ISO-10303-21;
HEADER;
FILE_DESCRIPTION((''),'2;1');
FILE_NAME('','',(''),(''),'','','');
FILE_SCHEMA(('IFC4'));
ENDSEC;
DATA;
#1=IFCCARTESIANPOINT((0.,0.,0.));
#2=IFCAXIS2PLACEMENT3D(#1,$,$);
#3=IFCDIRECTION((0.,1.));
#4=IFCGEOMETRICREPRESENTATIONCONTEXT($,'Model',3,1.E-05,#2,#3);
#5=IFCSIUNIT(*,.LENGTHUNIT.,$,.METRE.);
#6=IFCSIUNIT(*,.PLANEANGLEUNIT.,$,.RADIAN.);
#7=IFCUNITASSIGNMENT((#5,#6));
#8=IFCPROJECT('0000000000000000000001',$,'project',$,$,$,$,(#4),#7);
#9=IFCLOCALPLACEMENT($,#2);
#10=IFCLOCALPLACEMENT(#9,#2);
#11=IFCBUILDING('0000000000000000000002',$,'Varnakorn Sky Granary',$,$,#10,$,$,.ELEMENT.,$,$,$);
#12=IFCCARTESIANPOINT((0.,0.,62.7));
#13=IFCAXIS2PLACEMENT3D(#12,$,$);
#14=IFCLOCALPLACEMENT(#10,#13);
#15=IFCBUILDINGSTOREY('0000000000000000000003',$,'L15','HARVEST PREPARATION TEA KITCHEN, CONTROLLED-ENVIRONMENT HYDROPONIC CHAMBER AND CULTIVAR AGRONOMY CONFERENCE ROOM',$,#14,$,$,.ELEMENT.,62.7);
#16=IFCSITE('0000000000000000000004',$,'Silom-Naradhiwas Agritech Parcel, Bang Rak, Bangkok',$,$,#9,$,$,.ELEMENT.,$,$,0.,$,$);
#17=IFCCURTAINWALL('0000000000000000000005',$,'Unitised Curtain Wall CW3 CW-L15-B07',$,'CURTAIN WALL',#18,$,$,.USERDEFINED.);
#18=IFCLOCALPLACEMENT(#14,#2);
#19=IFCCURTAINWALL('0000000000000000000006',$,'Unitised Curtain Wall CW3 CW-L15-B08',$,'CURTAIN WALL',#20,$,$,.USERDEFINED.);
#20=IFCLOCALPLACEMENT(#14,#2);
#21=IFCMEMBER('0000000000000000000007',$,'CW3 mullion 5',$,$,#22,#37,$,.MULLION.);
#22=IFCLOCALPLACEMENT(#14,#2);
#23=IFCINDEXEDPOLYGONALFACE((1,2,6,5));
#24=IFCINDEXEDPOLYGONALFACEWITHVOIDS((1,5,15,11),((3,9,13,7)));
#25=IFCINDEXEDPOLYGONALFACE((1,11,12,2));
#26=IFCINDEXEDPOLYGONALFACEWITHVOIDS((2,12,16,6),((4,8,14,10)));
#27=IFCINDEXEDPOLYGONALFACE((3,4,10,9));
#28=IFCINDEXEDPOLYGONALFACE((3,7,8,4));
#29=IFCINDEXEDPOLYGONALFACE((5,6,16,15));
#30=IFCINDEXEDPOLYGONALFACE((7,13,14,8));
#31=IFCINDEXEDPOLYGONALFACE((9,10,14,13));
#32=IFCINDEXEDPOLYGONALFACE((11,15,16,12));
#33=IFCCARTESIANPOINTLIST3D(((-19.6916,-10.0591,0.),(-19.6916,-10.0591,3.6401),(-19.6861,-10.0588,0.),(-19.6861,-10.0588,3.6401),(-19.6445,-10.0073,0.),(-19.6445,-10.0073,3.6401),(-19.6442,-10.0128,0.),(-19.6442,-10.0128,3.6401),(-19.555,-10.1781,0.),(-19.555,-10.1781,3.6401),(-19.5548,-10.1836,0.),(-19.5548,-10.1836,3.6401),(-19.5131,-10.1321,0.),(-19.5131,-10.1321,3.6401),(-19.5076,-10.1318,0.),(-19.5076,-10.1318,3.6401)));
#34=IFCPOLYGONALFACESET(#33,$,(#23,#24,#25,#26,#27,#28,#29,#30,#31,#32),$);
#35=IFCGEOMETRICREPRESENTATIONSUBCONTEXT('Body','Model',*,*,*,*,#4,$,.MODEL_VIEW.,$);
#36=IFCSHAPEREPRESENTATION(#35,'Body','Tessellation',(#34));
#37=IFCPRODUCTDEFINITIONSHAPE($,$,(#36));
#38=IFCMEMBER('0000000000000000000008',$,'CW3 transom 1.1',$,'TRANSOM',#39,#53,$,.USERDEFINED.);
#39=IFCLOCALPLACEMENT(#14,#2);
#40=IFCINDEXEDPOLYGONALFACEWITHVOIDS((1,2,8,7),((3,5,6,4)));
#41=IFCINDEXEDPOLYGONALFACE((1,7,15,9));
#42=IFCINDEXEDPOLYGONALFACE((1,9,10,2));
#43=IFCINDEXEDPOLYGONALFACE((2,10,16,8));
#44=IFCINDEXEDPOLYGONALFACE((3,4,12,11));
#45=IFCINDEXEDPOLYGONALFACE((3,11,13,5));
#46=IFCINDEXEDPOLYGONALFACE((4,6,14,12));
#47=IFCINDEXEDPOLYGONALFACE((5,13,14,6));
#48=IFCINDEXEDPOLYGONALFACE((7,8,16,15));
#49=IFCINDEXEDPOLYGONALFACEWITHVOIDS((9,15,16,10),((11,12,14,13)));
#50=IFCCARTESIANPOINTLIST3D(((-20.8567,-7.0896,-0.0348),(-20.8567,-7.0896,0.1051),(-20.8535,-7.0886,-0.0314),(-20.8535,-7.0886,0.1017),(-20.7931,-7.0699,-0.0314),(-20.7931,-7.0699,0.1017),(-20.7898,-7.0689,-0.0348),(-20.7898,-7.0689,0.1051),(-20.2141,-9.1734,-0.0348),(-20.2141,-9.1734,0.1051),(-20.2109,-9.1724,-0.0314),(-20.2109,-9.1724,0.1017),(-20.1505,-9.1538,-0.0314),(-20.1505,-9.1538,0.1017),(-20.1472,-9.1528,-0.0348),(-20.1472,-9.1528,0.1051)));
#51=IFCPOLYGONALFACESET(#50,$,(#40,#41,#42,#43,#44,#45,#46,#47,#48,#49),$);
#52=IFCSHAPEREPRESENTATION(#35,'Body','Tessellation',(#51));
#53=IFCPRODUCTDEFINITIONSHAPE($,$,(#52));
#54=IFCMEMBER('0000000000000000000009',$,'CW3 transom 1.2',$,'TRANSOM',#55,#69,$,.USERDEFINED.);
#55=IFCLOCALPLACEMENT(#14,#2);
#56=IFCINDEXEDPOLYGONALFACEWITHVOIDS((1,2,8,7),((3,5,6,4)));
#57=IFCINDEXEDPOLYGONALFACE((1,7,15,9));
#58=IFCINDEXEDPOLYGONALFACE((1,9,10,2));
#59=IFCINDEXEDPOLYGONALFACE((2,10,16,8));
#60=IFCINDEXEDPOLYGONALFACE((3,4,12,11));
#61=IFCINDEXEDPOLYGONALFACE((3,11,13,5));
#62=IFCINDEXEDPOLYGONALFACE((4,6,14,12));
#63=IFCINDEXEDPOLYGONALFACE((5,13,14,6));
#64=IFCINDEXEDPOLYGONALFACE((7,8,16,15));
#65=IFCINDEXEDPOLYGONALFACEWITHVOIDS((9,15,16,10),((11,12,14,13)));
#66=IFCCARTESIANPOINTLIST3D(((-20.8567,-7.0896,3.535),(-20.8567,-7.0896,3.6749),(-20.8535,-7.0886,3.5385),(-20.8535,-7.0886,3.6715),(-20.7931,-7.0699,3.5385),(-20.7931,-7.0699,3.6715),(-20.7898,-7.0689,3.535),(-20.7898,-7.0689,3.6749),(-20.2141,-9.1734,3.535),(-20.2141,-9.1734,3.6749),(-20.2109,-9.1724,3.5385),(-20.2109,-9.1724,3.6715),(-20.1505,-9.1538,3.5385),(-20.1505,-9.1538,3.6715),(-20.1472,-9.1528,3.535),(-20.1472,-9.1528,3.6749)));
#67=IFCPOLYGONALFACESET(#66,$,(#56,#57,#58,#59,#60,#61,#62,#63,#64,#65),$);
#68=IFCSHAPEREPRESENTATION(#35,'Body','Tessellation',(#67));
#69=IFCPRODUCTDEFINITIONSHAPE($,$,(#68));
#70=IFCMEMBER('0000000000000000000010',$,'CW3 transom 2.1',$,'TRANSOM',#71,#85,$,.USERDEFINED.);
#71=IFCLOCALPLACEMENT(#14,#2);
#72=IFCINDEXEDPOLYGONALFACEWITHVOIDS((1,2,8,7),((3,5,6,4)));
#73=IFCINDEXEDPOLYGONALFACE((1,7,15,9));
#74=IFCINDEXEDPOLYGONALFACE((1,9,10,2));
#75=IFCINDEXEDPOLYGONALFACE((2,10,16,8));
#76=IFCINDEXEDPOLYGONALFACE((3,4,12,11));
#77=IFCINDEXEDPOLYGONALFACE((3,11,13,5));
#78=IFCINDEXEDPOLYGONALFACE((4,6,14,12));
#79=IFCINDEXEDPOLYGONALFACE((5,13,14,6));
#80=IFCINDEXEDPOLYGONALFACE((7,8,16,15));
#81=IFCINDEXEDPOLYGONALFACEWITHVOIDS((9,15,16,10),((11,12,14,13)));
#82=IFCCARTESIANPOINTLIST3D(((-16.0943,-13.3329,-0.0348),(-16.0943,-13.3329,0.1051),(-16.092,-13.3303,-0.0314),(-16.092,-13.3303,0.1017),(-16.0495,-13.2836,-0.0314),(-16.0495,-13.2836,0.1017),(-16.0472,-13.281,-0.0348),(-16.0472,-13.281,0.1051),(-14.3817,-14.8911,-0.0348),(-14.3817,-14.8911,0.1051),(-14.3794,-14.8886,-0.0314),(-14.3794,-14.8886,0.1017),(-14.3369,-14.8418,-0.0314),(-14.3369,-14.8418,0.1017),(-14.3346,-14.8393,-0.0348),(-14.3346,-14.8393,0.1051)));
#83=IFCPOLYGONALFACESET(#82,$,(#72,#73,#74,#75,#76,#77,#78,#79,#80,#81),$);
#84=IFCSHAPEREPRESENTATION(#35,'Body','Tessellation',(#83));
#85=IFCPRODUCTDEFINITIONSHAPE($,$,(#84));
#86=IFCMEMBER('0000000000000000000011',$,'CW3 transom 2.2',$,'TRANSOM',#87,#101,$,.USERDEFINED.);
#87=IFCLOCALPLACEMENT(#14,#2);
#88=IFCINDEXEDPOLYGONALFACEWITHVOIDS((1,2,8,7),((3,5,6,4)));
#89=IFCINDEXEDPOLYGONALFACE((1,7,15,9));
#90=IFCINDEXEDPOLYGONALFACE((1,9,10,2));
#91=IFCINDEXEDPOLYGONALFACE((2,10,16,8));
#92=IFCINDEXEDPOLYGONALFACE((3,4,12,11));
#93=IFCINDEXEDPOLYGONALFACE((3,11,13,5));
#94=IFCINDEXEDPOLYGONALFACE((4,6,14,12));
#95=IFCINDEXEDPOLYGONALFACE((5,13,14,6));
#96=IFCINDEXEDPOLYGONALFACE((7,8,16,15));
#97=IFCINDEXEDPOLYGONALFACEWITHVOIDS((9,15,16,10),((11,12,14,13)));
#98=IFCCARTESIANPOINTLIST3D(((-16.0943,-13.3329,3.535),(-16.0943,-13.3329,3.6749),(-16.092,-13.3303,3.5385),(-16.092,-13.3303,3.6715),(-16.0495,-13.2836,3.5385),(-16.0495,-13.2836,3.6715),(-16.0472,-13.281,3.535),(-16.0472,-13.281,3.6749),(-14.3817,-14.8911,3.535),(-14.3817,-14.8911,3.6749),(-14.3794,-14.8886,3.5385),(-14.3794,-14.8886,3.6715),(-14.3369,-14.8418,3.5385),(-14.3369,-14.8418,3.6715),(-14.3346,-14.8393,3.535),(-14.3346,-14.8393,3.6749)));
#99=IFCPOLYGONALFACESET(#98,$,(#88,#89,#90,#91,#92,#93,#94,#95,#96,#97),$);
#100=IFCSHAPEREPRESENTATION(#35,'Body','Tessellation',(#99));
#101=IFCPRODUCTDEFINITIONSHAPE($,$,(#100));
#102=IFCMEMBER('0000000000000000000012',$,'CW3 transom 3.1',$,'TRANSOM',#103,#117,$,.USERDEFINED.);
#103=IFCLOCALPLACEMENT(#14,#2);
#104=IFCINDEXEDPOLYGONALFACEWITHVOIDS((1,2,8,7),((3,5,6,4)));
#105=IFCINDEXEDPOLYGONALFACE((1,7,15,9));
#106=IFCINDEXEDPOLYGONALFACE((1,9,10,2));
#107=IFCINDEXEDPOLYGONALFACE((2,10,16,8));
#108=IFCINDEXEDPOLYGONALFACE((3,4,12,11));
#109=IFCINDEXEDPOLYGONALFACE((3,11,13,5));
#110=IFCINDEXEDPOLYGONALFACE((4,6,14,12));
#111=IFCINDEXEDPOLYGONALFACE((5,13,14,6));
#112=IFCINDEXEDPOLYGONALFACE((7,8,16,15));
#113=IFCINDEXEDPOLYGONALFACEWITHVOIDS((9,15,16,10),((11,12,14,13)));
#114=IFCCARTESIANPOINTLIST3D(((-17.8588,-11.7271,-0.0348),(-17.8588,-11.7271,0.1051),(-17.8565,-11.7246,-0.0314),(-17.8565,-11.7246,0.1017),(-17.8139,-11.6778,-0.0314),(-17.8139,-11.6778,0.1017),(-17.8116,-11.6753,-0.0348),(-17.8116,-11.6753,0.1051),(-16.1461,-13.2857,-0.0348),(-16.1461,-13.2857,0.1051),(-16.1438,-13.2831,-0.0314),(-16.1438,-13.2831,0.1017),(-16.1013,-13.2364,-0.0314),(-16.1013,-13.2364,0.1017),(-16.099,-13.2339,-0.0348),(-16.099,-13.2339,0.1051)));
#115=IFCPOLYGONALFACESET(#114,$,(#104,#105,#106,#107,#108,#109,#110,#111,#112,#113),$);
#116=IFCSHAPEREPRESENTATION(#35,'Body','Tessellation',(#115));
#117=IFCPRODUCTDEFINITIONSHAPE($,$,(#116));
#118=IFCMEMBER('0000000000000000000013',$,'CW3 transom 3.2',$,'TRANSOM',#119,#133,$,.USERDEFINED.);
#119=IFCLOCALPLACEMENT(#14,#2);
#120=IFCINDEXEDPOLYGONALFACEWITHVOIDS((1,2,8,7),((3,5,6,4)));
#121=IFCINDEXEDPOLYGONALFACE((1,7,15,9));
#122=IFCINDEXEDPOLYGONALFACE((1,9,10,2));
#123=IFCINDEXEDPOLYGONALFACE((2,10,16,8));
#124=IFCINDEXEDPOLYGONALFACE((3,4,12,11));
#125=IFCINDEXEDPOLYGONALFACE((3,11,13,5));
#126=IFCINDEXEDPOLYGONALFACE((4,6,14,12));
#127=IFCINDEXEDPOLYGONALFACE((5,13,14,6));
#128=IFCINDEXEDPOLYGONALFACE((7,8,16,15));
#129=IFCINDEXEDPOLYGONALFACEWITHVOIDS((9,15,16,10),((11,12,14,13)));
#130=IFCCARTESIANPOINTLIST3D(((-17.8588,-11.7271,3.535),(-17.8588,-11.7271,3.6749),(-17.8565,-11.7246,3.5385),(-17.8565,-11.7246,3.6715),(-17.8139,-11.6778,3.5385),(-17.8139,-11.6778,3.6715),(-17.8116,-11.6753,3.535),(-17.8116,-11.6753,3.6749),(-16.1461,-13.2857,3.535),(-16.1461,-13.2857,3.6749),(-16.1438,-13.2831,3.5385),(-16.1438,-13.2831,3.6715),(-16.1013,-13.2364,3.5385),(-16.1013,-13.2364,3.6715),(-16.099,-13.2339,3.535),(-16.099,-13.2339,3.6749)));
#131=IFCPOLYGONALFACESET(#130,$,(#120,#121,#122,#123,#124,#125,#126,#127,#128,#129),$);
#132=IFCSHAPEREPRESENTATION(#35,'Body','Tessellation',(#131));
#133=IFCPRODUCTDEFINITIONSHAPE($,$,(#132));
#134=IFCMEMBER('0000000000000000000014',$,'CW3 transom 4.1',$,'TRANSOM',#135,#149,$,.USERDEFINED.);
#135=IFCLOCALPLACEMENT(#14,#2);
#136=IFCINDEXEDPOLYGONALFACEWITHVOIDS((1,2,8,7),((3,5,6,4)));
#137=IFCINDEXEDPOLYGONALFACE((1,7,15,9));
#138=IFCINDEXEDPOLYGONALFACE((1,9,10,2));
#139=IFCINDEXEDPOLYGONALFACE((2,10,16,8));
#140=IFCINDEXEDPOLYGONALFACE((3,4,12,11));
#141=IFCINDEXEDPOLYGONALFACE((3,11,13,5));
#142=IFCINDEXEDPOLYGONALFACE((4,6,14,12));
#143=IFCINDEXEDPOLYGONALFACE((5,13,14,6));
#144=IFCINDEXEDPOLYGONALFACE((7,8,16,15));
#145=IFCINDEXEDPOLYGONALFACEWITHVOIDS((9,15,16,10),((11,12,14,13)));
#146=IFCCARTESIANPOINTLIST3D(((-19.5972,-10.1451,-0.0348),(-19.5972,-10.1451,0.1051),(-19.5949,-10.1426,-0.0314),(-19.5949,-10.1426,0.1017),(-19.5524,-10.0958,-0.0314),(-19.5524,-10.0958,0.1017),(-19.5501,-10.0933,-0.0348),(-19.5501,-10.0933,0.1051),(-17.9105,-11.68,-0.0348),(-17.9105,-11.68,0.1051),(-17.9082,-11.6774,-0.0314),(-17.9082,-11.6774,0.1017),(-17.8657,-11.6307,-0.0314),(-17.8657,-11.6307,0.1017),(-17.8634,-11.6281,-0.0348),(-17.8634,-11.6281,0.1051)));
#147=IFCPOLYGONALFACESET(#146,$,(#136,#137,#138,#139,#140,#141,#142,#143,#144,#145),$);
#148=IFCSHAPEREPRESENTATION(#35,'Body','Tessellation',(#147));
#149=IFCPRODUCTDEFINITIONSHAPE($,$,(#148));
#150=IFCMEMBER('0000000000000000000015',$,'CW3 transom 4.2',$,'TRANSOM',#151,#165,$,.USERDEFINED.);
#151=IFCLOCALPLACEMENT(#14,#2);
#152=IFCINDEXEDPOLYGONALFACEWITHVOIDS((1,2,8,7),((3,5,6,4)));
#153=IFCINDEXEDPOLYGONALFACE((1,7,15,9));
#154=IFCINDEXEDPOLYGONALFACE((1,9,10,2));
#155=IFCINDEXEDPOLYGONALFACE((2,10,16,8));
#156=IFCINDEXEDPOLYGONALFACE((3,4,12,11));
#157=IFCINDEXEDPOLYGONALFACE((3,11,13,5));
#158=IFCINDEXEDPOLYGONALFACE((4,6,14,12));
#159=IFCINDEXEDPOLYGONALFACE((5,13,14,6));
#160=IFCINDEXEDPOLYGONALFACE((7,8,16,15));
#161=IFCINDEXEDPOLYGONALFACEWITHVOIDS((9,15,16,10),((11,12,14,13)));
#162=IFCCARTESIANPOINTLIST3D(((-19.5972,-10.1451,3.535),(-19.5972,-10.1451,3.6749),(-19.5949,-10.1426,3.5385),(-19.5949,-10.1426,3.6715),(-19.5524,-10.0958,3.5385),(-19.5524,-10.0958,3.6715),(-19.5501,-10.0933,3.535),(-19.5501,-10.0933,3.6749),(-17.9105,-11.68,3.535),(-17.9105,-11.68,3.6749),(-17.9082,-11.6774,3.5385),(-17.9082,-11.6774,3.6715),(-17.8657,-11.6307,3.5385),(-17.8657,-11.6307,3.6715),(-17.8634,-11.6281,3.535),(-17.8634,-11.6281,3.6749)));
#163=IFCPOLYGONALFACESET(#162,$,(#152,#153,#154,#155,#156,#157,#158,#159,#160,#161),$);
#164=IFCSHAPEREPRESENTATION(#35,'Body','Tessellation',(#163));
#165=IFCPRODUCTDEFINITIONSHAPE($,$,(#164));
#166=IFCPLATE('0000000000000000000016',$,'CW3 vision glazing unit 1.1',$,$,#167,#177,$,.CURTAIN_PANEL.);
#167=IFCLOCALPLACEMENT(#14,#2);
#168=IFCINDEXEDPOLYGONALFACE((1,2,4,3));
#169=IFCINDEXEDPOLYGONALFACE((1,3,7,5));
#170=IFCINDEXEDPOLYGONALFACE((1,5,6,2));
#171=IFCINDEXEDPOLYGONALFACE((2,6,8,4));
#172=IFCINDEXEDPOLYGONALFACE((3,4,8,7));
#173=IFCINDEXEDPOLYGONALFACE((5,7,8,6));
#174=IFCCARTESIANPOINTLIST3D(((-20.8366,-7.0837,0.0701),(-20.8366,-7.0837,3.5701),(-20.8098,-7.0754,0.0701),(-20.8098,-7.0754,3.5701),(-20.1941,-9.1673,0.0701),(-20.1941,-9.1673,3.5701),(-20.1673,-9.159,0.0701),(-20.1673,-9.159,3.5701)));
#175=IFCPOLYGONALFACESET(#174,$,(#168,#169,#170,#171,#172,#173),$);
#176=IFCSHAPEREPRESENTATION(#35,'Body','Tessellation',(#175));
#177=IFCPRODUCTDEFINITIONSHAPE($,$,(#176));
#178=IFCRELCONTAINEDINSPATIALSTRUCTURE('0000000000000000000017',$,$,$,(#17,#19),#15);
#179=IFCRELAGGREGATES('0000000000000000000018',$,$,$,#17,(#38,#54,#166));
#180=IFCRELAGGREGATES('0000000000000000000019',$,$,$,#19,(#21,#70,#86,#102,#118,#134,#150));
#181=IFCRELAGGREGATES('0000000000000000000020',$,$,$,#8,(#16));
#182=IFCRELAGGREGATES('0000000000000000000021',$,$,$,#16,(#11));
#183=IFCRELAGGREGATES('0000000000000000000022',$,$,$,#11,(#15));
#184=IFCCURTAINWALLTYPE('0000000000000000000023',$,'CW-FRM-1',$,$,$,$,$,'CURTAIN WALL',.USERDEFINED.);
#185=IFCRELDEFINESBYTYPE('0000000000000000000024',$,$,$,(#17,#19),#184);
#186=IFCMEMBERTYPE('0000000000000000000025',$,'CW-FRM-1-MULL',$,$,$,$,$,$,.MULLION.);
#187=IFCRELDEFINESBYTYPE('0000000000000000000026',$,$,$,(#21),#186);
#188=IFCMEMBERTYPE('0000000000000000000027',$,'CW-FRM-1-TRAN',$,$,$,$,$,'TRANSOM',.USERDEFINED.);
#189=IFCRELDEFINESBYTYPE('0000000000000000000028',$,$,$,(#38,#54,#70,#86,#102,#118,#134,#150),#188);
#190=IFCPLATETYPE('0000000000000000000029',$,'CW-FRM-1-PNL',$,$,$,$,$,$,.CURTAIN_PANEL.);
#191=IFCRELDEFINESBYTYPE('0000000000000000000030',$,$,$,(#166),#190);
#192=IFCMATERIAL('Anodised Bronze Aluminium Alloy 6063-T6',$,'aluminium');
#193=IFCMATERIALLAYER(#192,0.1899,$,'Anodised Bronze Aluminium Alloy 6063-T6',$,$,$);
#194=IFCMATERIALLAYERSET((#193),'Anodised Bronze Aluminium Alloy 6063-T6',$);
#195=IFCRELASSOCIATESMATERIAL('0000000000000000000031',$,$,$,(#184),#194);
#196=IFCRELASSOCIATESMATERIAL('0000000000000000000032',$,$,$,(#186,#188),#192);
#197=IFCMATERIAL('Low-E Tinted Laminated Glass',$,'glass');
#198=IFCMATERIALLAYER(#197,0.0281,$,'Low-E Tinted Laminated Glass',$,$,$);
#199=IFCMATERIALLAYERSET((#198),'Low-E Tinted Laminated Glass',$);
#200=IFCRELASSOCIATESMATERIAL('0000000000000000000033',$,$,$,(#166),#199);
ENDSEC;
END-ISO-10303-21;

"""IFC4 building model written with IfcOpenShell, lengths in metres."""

from ifc_helpers import new_model, si_unit, direction, frame, origin, origin_2d, place, context, subcontext, project, spatial, rectangle, hollow_rectangle, extrude, source, transform, mapped, material, layer, layer_set, material_profile, profile_set, type_object, element, aggregate, save


model = new_model("IFC4")

# Units and contexts
model_context = context("Model", 3, precision=1e-05, world=origin(), true_north=direction((0.0, 1.0)))
body_context = subcontext(model_context, "Body", "Model", "MODEL_VIEW")
ifc_project = project(units=[si_unit("LENGTHUNIT", "METRE"), si_unit("PLANEANGLEUNIT", "RADIAN")], contexts=[model_context])

# Site, building, storey
site_placement = place(None, origin())
site = spatial("IfcSite", under=ifc_project, at=site_placement, Name="Silom-Naradhiwas Agritech Parcel, Bang Rak, Bangkok", CompositionType="ELEMENT", RefElevation=0.0)
building_placement = place(site_placement, origin())
building = spatial("IfcBuilding", under=site, at=building_placement, Name="Varnakorn Sky Granary", CompositionType="ELEMENT")
storey_placement = place(building_placement, frame((0.0, 0.0, 62.7)))
storey = spatial("IfcBuildingStorey", under=building, at=storey_placement, Name="L15", Description="HARVEST PREPARATION TEA KITCHEN, CONTROLLED-ENVIRONMENT HYDROPONIC CHAMBER AND CULTIVAR AGRONOMY CONFERENCE ROOM", CompositionType="ELEMENT", Elevation=62.7)

# Curtain walls, member
ifc_material_1 = material(Name="Anodised Bronze Aluminium Alloy 6063-T6", Category="aluminium")
ifc_layer_1 = layer(ifc_material_1, 0.1899, Name="Anodised Bronze Aluminium Alloy 6063-T6")
ifc_layer_set_1 = layer_set([ifc_layer_1], Name="Anodised Bronze Aluminium Alloy 6063-T6")
curtain_wall_type = type_object("IfcCurtainWallType", Name="CW-FRM-1", ElementType="CURTAIN WALL", PredefinedType="USERDEFINED", material=ifc_layer_set_1)
curtain_wall_1_placement = place(storey_placement, origin())
curtain_wall_1 = element("IfcCurtainWall", 1, at=curtain_wall_1_placement, inside=storey, type_object=curtain_wall_type, Name="Unitised Curtain Wall CW3 CW-L15-B07", ObjectType="CURTAIN WALL", PredefinedType="USERDEFINED")
ifc_material_profile_1 = material_profile(ifc_material_1, hollow_rectangle(XDim=0.0701, YDim=0.1851, WallThickness=0.0039, at=origin_2d()), Name="ALU MULL 70x185")
ifc_profile_set_1 = profile_set([ifc_material_profile_1], Name="Anodised Bronze Aluminium Alloy 6063-T6")
member_type_1 = type_object("IfcMemberType", Name="CW-FRM-1-MULL", PredefinedType="MULLION", material=ifc_profile_set_1)
curtain_wall_2_placement = place(storey_placement, origin())
curtain_wall_2 = element("IfcCurtainWall", 2, at=curtain_wall_2_placement, inside=storey, type_object=curtain_wall_type, Name="Unitised Curtain Wall CW3 CW-L15-B08", ObjectType="CURTAIN WALL", PredefinedType="USERDEFINED")
member_1_placement = place(storey_placement, frame((-19.5996, -10.0955, 0.0), z_axis=(0.0, 0.0, 1.0), x_axis=(-0.673051, -0.739596, 0.0)))
member_1 = element("IfcMember", 3, at=member_1_placement, type_object=member_type_1, Name="CW3 mullion 5", PredefinedType="MULLION", context=body_context, shape_type="SweptSolid", body=[
    extrude(hollow_rectangle(XDim=0.0701, YDim=0.1851, WallThickness=0.0039, at=origin_2d()), origin(), (0.0, 0.0, 1.0), 3.6401),
])

# Members
ifc_material_profile_2 = material_profile(ifc_material_1, hollow_rectangle(XDim=0.0701, YDim=0.1399, WallThickness=0.0034, at=origin_2d()), Name="ALU TRAN 70x140")
ifc_profile_set_2 = profile_set([ifc_material_profile_2], Name="Anodised Bronze Aluminium Alloy 6063-T6")
member_type_2 = type_object("IfcMemberType", Name="CW-FRM-1-TRAN", ElementType="TRANSOM", PredefinedType="USERDEFINED", material=ifc_profile_set_2)
member_2_placement = place(storey_placement, frame((-20.1807, -9.1631, 0.0352), z_axis=(-0.294684, 0.955595, 0.0), x_axis=(-0.955595, -0.294684, 0.0)))
member_2 = element("IfcMember", 4, at=member_2_placement, type_object=member_type_2, Name="CW3 transom 1.1", ObjectType="TRANSOM", PredefinedType="USERDEFINED", context=body_context, shape_type="SweptSolid", body=[
    extrude(hollow_rectangle(XDim=0.0701, YDim=0.1399, WallThickness=0.0034, at=origin_2d()), origin(), (0.0, 0.0, 1.0), 2.1807),
])
member_3_placement = place(storey_placement, frame((-20.1807, -9.1631, 3.605), z_axis=(-0.294684, 0.955595, 0.0), x_axis=(-0.955595, -0.294684, 0.0)))
member_3 = element("IfcMember", 5, at=member_3_placement, type_object=member_type_2, Name="CW3 transom 1.2", ObjectType="TRANSOM", PredefinedType="USERDEFINED", context=body_context, shape_type="SweptSolid", body=[
    extrude(hollow_rectangle(XDim=0.0701, YDim=0.1399, WallThickness=0.0034, at=origin_2d()), origin(), (0.0, 0.0, 1.0), 2.1807),
])
member_4_placement = place(storey_placement, frame((-14.3582, -14.8652, 0.0352), z_axis=(-0.739639, 0.673003, 0.0), x_axis=(-0.673003, -0.739639, 0.0)))
member_4 = element("IfcMember", 6, at=member_4_placement, type_object=member_type_2, Name="CW3 transom 2.1", ObjectType="TRANSOM", PredefinedType="USERDEFINED", context=body_context, shape_type="SweptSolid", body=[
    extrude(hollow_rectangle(XDim=0.0701, YDim=0.1399, WallThickness=0.0034, at=origin_2d()), origin(), (0.0, 0.0, 1.0), 2.3154),
])
member_5_placement = place(storey_placement, frame((-14.3582, -14.8652, 3.605), z_axis=(-0.739639, 0.673003, 0.0), x_axis=(-0.673003, -0.739639, 0.0)))
member_5 = element("IfcMember", 7, at=member_5_placement, type_object=member_type_2, Name="CW3 transom 2.2", ObjectType="TRANSOM", PredefinedType="USERDEFINED", context=body_context, shape_type="SweptSolid", body=[
    extrude(hollow_rectangle(XDim=0.0701, YDim=0.1399, WallThickness=0.0034, at=origin_2d()), origin(), (0.0, 0.0, 1.0), 2.3154),
])
member_6_placement = place(storey_placement, frame((-16.1226, -13.2598, 0.0352), z_axis=(-0.739587, 0.673061, 0.0), x_axis=(-0.673061, -0.739587, 0.0)))
member_6 = element("IfcMember", 8, at=member_6_placement, type_object=member_type_2, Name="CW3 transom 3.1", ObjectType="TRANSOM", PredefinedType="USERDEFINED", context=body_context, shape_type="SweptSolid", body=[
    extrude(hollow_rectangle(XDim=0.0701, YDim=0.1399, WallThickness=0.0034, at=origin_2d()), origin(), (0.0, 0.0, 1.0), 2.3157),
])
member_7_placement = place(storey_placement, frame((-16.1226, -13.2598, 3.605), z_axis=(-0.739587, 0.673061, 0.0), x_axis=(-0.673061, -0.739587, 0.0)))
member_7 = element("IfcMember", 9, at=member_7_placement, type_object=member_type_2, Name="CW3 transom 3.2", ObjectType="TRANSOM", PredefinedType="USERDEFINED", context=body_context, shape_type="SweptSolid", body=[
    extrude(hollow_rectangle(XDim=0.0701, YDim=0.1399, WallThickness=0.0034, at=origin_2d()), origin(), (0.0, 0.0, 1.0), 2.3157),
])
member_8_placement = place(storey_placement, frame((-17.887, -11.6541, 0.0352), z_axis=(-0.739615, 0.67303, 0.0), x_axis=(-0.67303, -0.739615, 0.0)))
member_8 = element("IfcMember", 10, at=member_8_placement, type_object=member_type_2, Name="CW3 transom 4.1", ObjectType="TRANSOM", PredefinedType="USERDEFINED", context=body_context, shape_type="SweptSolid", body=[
    extrude(hollow_rectangle(XDim=0.0701, YDim=0.1399, WallThickness=0.0034, at=origin_2d()), origin(), (0.0, 0.0, 1.0), 2.2805),
])
member_9_placement = place(storey_placement, frame((-17.887, -11.6541, 3.605), z_axis=(-0.739615, 0.67303, 0.0), x_axis=(-0.67303, -0.739615, 0.0)))
member_9 = element("IfcMember", 11, at=member_9_placement, type_object=member_type_2, Name="CW3 transom 4.2", ObjectType="TRANSOM", PredefinedType="USERDEFINED", context=body_context, shape_type="SweptSolid", body=[
    extrude(hollow_rectangle(XDim=0.0701, YDim=0.1399, WallThickness=0.0034, at=origin_2d()), origin(), (0.0, 0.0, 1.0), 2.2805),
])

# Plate
ifc_material_2 = material(Name="Low-E Tinted Laminated Glass", Category="glass")
ifc_layer_2 = layer(ifc_material_2, 0.0281, Name="Low-E Tinted Laminated Glass")
ifc_layer_set_2 = layer_set([ifc_layer_2], Name="Low-E Tinted Laminated Glass")
plate_type = type_object("IfcPlateType", Name="CW-FRM-1-PNL", PredefinedType="CURTAIN_PANEL")
shared_shape_1 = source(origin(), body_context, "Body", "SweptSolid", [
    extrude(rectangle(XDim=2.1804, YDim=0.0281, at=origin_2d()), origin(), (0.0, 0.0, 1.0), 3.5),
])
plate_1_placement = place(storey_placement, frame((-20.502, -8.1213, 0.0701), z_axis=(0.0, 0.0, 1.0), x_axis=(-0.294645, 0.955607, 0.0)))
plate_1 = element("IfcPlate", 12, at=plate_1_placement, type_object=plate_type, material=ifc_layer_set_2, Name="CW3 vision glazing unit 1.1", PredefinedType="CURTAIN_PANEL", context=body_context, shape_type="MappedRepresentation", body=[
    mapped(shared_shape_1, transform((0.0, 0.0, 0.0), x_axis=(1.0, 0.0, 0.0), y_axis=(0.0, 1.0, 0.0), z_axis=(0.0, 0.0, 1.0), scale=1.0)),
])
aggregate(curtain_wall_1, [member_2, member_3, plate_1])
aggregate(curtain_wall_2, [member_1, member_4, member_5, member_6, member_7, member_8, member_9])

save(model, "model.ifc")
